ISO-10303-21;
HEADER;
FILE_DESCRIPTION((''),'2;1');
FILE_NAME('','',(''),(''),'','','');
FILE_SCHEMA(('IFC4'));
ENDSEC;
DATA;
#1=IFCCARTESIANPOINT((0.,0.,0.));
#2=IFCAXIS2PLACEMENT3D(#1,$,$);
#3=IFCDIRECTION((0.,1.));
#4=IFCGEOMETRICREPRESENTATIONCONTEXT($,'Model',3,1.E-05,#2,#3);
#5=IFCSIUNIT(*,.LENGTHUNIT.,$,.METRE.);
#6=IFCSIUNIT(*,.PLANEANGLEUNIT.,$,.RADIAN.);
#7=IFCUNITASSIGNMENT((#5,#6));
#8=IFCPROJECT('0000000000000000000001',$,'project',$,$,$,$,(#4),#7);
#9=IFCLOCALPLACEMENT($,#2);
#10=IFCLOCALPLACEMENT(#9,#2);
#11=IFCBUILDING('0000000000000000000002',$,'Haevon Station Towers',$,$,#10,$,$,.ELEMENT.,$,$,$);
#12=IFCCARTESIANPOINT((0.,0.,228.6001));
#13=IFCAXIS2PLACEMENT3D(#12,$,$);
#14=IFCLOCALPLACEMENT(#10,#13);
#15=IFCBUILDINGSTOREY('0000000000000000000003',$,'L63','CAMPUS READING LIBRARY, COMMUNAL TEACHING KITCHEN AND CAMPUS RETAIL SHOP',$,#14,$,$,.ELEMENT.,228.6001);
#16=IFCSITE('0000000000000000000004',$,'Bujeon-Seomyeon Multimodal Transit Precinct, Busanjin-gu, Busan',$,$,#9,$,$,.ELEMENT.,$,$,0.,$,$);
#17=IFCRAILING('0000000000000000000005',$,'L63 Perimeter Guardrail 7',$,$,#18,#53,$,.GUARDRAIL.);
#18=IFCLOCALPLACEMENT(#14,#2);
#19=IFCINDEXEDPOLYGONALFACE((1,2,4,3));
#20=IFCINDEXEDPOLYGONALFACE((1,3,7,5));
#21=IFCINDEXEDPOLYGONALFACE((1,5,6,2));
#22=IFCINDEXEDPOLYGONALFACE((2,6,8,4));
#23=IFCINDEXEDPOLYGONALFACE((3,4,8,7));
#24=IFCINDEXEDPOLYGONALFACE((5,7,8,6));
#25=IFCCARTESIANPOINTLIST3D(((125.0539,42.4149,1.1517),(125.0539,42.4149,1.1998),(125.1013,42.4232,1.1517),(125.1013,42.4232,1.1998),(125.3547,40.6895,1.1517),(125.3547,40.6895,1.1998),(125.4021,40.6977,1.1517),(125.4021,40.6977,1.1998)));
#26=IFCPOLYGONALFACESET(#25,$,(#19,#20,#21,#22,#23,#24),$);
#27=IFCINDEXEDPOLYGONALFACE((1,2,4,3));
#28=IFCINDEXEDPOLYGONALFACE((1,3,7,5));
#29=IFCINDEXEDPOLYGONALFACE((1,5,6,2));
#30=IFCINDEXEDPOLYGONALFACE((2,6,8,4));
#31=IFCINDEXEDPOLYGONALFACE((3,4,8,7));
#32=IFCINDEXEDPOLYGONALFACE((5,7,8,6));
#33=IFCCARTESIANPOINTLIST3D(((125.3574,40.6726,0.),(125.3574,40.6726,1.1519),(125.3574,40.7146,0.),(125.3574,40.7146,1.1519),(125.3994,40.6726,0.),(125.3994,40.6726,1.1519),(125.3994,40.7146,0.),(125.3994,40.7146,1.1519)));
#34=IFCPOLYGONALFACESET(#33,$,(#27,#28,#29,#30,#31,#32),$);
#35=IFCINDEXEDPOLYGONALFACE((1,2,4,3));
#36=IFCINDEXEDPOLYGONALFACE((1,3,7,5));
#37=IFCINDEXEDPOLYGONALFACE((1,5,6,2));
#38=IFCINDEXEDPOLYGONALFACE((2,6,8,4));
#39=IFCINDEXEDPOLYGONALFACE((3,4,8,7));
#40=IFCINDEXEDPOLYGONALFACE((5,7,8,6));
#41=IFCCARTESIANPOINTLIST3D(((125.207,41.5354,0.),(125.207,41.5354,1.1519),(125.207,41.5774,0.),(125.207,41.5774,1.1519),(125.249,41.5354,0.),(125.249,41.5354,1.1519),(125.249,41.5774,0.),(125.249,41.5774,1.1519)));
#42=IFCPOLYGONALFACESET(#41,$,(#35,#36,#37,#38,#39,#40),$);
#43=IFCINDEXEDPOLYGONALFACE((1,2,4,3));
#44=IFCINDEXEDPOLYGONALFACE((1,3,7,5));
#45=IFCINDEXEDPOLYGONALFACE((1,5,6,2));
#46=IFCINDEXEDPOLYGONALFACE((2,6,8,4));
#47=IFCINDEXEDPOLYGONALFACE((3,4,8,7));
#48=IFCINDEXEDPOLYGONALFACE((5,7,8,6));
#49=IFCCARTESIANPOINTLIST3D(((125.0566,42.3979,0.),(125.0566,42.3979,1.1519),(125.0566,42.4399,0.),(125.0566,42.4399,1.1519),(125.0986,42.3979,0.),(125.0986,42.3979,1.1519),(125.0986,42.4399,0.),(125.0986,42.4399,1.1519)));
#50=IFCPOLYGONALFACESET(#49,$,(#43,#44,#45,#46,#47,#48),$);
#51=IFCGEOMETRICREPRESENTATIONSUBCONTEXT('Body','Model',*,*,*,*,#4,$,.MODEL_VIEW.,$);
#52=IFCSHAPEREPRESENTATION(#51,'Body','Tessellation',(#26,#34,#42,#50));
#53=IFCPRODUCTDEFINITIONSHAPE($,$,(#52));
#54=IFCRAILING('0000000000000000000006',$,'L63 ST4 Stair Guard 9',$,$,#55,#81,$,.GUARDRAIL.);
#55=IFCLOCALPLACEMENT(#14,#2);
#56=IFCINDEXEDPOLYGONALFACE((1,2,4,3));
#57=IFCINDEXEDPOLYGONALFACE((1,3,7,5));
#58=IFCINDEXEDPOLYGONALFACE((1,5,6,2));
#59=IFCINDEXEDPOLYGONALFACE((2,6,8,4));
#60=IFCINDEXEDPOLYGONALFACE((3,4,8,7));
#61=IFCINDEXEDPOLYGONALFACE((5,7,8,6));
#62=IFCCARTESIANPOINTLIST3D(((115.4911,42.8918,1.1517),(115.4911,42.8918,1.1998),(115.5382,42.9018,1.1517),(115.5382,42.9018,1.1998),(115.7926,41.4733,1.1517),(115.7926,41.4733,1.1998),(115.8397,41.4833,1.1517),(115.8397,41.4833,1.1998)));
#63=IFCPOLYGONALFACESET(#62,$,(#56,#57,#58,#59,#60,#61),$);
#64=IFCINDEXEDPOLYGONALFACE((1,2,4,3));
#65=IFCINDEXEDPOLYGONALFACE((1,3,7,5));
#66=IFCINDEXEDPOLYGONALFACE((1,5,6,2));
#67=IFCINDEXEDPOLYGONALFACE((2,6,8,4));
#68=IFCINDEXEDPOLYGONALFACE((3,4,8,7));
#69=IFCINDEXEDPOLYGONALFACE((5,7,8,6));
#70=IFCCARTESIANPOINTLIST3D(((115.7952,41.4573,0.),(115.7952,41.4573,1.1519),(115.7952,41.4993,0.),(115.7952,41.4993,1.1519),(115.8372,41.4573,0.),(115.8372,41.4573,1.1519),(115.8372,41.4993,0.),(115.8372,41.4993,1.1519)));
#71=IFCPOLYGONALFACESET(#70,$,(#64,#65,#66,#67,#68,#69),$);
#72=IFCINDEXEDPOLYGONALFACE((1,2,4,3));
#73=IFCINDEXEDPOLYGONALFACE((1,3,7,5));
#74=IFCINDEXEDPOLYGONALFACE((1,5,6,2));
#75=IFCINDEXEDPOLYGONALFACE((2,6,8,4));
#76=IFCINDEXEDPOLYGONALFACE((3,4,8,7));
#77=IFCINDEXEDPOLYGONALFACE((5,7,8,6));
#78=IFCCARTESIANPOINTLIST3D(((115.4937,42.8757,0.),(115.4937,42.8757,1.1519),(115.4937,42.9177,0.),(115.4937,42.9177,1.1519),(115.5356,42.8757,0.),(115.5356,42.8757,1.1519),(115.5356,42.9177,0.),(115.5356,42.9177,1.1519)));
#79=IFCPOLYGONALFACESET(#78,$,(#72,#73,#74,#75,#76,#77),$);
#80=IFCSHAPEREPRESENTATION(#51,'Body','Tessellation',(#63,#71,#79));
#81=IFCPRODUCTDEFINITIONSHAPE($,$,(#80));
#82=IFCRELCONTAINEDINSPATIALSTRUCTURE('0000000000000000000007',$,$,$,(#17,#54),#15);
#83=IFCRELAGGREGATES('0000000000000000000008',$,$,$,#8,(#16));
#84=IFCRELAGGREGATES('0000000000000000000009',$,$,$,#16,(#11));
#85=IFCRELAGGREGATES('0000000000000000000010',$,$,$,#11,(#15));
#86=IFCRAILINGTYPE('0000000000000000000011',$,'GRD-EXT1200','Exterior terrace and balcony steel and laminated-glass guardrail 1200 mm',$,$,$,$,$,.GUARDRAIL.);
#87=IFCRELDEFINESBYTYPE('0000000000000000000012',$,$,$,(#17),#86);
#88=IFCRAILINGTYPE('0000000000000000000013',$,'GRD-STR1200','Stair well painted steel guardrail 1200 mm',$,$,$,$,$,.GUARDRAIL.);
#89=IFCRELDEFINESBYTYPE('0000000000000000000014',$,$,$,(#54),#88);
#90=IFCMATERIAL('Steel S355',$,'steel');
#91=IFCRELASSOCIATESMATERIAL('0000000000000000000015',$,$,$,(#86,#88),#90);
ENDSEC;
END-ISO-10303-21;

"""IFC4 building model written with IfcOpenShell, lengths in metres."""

from ifc_helpers import new_model, si_unit, direction, frame, origin, origin_2d, place, context, subcontext, project, spatial, rectangle, extrude, material, type_object, element, save


model = new_model("IFC4")

# Units and contexts
model_context = context("Model", 3, precision=1e-05, world=origin(), true_north=direction((0.0, 1.0)))
body_context = subcontext(model_context, "Body", "Model", "MODEL_VIEW")
ifc_project = project(units=[si_unit("LENGTHUNIT", "METRE"), si_unit("PLANEANGLEUNIT", "RADIAN")], contexts=[model_context])

# Site, building, storey
site_placement = place(None, origin())
site = spatial("IfcSite", under=ifc_project, at=site_placement, Name="Bujeon-Seomyeon Multimodal Transit Precinct, Busanjin-gu, Busan", CompositionType="ELEMENT", RefElevation=0.0)
building_placement = place(site_placement, origin())
building = spatial("IfcBuilding", under=site, at=building_placement, Name="Haevon Station Towers", CompositionType="ELEMENT")
storey_placement = place(building_placement, frame((0.0, 0.0, 228.6001)))
storey = spatial("IfcBuildingStorey", under=building, at=storey_placement, Name="L63", Description="CAMPUS READING LIBRARY, COMMUNAL TEACHING KITCHEN AND CAMPUS RETAIL SHOP", CompositionType="ELEMENT", Elevation=228.6001)

# Shared definitions
ifc_material_1 = material(Name="Steel S355", Category="steel")

# Railings
railing_type_1 = type_object("IfcRailingType", Name="GRD-EXT1200", Description="Exterior terrace and balcony steel and laminated-glass guardrail 1200 mm", PredefinedType="GUARDRAIL", material=ifc_material_1)
railing_1_placement = place(storey_placement, frame((125.3784, 40.6936, 0.0)))
element("IfcRailing", 1, at=railing_1_placement, inside=storey, type_object=railing_type_1, Name="L63 Perimeter Guardrail 7", PredefinedType="GUARDRAIL", context=body_context, shape_type="SweptSolid", body=[
    extrude(rectangle(XDim=0.0481, YDim=0.0481, at=origin_2d()), frame((0.0, 0.0, 1.1758), z_axis=(-0.171741, 0.985142, 0.0), x_axis=(-0.985142, -0.171741, 0.0)), (0.0, 0.0, 1.0), 1.7515),
    extrude(rectangle(XDim=0.042, YDim=0.042, at=origin_2d()), origin(), (0.0, 0.0, 1.0), 1.1519),
    extrude(rectangle(XDim=0.042, YDim=0.042, at=origin_2d()), frame((-0.1504, 0.8628, 0.0)), (0.0, 0.0, 1.0), 1.1519),
    extrude(rectangle(XDim=0.042, YDim=0.042, at=origin_2d()), frame((-0.3008, 1.7253, 0.0)), (0.0, 0.0, 1.0), 1.1519),
])
railing_type_2 = type_object("IfcRailingType", Name="GRD-STR1200", Description="Stair well painted steel guardrail 1200 mm", PredefinedType="GUARDRAIL", material=ifc_material_1)
railing_2_placement = place(storey_placement, frame((115.8162, 41.4783, 0.0)))
element("IfcRailing", 2, at=railing_2_placement, inside=storey, type_object=railing_type_2, Name="L63 ST4 Stair Guard 9", PredefinedType="GUARDRAIL", context=body_context, shape_type="SweptSolid", body=[
    extrude(rectangle(XDim=0.0481, YDim=0.0481, at=origin_2d()), frame((0.0, 0.0, 1.1758), z_axis=(-0.207919, 0.978146, 0.0), x_axis=(-0.978146, -0.207919, 0.0)), (0.0, 0.0, 1.0), 1.4502),
    extrude(rectangle(XDim=0.042, YDim=0.042, at=origin_2d()), origin(), (0.0, 0.0, 1.0), 1.1519),
    extrude(rectangle(XDim=0.042, YDim=0.042, at=origin_2d()), frame((-0.3015, 1.4185, 0.0)), (0.0, 0.0, 1.0), 1.1519),
])

save(model, "model.ifc")
